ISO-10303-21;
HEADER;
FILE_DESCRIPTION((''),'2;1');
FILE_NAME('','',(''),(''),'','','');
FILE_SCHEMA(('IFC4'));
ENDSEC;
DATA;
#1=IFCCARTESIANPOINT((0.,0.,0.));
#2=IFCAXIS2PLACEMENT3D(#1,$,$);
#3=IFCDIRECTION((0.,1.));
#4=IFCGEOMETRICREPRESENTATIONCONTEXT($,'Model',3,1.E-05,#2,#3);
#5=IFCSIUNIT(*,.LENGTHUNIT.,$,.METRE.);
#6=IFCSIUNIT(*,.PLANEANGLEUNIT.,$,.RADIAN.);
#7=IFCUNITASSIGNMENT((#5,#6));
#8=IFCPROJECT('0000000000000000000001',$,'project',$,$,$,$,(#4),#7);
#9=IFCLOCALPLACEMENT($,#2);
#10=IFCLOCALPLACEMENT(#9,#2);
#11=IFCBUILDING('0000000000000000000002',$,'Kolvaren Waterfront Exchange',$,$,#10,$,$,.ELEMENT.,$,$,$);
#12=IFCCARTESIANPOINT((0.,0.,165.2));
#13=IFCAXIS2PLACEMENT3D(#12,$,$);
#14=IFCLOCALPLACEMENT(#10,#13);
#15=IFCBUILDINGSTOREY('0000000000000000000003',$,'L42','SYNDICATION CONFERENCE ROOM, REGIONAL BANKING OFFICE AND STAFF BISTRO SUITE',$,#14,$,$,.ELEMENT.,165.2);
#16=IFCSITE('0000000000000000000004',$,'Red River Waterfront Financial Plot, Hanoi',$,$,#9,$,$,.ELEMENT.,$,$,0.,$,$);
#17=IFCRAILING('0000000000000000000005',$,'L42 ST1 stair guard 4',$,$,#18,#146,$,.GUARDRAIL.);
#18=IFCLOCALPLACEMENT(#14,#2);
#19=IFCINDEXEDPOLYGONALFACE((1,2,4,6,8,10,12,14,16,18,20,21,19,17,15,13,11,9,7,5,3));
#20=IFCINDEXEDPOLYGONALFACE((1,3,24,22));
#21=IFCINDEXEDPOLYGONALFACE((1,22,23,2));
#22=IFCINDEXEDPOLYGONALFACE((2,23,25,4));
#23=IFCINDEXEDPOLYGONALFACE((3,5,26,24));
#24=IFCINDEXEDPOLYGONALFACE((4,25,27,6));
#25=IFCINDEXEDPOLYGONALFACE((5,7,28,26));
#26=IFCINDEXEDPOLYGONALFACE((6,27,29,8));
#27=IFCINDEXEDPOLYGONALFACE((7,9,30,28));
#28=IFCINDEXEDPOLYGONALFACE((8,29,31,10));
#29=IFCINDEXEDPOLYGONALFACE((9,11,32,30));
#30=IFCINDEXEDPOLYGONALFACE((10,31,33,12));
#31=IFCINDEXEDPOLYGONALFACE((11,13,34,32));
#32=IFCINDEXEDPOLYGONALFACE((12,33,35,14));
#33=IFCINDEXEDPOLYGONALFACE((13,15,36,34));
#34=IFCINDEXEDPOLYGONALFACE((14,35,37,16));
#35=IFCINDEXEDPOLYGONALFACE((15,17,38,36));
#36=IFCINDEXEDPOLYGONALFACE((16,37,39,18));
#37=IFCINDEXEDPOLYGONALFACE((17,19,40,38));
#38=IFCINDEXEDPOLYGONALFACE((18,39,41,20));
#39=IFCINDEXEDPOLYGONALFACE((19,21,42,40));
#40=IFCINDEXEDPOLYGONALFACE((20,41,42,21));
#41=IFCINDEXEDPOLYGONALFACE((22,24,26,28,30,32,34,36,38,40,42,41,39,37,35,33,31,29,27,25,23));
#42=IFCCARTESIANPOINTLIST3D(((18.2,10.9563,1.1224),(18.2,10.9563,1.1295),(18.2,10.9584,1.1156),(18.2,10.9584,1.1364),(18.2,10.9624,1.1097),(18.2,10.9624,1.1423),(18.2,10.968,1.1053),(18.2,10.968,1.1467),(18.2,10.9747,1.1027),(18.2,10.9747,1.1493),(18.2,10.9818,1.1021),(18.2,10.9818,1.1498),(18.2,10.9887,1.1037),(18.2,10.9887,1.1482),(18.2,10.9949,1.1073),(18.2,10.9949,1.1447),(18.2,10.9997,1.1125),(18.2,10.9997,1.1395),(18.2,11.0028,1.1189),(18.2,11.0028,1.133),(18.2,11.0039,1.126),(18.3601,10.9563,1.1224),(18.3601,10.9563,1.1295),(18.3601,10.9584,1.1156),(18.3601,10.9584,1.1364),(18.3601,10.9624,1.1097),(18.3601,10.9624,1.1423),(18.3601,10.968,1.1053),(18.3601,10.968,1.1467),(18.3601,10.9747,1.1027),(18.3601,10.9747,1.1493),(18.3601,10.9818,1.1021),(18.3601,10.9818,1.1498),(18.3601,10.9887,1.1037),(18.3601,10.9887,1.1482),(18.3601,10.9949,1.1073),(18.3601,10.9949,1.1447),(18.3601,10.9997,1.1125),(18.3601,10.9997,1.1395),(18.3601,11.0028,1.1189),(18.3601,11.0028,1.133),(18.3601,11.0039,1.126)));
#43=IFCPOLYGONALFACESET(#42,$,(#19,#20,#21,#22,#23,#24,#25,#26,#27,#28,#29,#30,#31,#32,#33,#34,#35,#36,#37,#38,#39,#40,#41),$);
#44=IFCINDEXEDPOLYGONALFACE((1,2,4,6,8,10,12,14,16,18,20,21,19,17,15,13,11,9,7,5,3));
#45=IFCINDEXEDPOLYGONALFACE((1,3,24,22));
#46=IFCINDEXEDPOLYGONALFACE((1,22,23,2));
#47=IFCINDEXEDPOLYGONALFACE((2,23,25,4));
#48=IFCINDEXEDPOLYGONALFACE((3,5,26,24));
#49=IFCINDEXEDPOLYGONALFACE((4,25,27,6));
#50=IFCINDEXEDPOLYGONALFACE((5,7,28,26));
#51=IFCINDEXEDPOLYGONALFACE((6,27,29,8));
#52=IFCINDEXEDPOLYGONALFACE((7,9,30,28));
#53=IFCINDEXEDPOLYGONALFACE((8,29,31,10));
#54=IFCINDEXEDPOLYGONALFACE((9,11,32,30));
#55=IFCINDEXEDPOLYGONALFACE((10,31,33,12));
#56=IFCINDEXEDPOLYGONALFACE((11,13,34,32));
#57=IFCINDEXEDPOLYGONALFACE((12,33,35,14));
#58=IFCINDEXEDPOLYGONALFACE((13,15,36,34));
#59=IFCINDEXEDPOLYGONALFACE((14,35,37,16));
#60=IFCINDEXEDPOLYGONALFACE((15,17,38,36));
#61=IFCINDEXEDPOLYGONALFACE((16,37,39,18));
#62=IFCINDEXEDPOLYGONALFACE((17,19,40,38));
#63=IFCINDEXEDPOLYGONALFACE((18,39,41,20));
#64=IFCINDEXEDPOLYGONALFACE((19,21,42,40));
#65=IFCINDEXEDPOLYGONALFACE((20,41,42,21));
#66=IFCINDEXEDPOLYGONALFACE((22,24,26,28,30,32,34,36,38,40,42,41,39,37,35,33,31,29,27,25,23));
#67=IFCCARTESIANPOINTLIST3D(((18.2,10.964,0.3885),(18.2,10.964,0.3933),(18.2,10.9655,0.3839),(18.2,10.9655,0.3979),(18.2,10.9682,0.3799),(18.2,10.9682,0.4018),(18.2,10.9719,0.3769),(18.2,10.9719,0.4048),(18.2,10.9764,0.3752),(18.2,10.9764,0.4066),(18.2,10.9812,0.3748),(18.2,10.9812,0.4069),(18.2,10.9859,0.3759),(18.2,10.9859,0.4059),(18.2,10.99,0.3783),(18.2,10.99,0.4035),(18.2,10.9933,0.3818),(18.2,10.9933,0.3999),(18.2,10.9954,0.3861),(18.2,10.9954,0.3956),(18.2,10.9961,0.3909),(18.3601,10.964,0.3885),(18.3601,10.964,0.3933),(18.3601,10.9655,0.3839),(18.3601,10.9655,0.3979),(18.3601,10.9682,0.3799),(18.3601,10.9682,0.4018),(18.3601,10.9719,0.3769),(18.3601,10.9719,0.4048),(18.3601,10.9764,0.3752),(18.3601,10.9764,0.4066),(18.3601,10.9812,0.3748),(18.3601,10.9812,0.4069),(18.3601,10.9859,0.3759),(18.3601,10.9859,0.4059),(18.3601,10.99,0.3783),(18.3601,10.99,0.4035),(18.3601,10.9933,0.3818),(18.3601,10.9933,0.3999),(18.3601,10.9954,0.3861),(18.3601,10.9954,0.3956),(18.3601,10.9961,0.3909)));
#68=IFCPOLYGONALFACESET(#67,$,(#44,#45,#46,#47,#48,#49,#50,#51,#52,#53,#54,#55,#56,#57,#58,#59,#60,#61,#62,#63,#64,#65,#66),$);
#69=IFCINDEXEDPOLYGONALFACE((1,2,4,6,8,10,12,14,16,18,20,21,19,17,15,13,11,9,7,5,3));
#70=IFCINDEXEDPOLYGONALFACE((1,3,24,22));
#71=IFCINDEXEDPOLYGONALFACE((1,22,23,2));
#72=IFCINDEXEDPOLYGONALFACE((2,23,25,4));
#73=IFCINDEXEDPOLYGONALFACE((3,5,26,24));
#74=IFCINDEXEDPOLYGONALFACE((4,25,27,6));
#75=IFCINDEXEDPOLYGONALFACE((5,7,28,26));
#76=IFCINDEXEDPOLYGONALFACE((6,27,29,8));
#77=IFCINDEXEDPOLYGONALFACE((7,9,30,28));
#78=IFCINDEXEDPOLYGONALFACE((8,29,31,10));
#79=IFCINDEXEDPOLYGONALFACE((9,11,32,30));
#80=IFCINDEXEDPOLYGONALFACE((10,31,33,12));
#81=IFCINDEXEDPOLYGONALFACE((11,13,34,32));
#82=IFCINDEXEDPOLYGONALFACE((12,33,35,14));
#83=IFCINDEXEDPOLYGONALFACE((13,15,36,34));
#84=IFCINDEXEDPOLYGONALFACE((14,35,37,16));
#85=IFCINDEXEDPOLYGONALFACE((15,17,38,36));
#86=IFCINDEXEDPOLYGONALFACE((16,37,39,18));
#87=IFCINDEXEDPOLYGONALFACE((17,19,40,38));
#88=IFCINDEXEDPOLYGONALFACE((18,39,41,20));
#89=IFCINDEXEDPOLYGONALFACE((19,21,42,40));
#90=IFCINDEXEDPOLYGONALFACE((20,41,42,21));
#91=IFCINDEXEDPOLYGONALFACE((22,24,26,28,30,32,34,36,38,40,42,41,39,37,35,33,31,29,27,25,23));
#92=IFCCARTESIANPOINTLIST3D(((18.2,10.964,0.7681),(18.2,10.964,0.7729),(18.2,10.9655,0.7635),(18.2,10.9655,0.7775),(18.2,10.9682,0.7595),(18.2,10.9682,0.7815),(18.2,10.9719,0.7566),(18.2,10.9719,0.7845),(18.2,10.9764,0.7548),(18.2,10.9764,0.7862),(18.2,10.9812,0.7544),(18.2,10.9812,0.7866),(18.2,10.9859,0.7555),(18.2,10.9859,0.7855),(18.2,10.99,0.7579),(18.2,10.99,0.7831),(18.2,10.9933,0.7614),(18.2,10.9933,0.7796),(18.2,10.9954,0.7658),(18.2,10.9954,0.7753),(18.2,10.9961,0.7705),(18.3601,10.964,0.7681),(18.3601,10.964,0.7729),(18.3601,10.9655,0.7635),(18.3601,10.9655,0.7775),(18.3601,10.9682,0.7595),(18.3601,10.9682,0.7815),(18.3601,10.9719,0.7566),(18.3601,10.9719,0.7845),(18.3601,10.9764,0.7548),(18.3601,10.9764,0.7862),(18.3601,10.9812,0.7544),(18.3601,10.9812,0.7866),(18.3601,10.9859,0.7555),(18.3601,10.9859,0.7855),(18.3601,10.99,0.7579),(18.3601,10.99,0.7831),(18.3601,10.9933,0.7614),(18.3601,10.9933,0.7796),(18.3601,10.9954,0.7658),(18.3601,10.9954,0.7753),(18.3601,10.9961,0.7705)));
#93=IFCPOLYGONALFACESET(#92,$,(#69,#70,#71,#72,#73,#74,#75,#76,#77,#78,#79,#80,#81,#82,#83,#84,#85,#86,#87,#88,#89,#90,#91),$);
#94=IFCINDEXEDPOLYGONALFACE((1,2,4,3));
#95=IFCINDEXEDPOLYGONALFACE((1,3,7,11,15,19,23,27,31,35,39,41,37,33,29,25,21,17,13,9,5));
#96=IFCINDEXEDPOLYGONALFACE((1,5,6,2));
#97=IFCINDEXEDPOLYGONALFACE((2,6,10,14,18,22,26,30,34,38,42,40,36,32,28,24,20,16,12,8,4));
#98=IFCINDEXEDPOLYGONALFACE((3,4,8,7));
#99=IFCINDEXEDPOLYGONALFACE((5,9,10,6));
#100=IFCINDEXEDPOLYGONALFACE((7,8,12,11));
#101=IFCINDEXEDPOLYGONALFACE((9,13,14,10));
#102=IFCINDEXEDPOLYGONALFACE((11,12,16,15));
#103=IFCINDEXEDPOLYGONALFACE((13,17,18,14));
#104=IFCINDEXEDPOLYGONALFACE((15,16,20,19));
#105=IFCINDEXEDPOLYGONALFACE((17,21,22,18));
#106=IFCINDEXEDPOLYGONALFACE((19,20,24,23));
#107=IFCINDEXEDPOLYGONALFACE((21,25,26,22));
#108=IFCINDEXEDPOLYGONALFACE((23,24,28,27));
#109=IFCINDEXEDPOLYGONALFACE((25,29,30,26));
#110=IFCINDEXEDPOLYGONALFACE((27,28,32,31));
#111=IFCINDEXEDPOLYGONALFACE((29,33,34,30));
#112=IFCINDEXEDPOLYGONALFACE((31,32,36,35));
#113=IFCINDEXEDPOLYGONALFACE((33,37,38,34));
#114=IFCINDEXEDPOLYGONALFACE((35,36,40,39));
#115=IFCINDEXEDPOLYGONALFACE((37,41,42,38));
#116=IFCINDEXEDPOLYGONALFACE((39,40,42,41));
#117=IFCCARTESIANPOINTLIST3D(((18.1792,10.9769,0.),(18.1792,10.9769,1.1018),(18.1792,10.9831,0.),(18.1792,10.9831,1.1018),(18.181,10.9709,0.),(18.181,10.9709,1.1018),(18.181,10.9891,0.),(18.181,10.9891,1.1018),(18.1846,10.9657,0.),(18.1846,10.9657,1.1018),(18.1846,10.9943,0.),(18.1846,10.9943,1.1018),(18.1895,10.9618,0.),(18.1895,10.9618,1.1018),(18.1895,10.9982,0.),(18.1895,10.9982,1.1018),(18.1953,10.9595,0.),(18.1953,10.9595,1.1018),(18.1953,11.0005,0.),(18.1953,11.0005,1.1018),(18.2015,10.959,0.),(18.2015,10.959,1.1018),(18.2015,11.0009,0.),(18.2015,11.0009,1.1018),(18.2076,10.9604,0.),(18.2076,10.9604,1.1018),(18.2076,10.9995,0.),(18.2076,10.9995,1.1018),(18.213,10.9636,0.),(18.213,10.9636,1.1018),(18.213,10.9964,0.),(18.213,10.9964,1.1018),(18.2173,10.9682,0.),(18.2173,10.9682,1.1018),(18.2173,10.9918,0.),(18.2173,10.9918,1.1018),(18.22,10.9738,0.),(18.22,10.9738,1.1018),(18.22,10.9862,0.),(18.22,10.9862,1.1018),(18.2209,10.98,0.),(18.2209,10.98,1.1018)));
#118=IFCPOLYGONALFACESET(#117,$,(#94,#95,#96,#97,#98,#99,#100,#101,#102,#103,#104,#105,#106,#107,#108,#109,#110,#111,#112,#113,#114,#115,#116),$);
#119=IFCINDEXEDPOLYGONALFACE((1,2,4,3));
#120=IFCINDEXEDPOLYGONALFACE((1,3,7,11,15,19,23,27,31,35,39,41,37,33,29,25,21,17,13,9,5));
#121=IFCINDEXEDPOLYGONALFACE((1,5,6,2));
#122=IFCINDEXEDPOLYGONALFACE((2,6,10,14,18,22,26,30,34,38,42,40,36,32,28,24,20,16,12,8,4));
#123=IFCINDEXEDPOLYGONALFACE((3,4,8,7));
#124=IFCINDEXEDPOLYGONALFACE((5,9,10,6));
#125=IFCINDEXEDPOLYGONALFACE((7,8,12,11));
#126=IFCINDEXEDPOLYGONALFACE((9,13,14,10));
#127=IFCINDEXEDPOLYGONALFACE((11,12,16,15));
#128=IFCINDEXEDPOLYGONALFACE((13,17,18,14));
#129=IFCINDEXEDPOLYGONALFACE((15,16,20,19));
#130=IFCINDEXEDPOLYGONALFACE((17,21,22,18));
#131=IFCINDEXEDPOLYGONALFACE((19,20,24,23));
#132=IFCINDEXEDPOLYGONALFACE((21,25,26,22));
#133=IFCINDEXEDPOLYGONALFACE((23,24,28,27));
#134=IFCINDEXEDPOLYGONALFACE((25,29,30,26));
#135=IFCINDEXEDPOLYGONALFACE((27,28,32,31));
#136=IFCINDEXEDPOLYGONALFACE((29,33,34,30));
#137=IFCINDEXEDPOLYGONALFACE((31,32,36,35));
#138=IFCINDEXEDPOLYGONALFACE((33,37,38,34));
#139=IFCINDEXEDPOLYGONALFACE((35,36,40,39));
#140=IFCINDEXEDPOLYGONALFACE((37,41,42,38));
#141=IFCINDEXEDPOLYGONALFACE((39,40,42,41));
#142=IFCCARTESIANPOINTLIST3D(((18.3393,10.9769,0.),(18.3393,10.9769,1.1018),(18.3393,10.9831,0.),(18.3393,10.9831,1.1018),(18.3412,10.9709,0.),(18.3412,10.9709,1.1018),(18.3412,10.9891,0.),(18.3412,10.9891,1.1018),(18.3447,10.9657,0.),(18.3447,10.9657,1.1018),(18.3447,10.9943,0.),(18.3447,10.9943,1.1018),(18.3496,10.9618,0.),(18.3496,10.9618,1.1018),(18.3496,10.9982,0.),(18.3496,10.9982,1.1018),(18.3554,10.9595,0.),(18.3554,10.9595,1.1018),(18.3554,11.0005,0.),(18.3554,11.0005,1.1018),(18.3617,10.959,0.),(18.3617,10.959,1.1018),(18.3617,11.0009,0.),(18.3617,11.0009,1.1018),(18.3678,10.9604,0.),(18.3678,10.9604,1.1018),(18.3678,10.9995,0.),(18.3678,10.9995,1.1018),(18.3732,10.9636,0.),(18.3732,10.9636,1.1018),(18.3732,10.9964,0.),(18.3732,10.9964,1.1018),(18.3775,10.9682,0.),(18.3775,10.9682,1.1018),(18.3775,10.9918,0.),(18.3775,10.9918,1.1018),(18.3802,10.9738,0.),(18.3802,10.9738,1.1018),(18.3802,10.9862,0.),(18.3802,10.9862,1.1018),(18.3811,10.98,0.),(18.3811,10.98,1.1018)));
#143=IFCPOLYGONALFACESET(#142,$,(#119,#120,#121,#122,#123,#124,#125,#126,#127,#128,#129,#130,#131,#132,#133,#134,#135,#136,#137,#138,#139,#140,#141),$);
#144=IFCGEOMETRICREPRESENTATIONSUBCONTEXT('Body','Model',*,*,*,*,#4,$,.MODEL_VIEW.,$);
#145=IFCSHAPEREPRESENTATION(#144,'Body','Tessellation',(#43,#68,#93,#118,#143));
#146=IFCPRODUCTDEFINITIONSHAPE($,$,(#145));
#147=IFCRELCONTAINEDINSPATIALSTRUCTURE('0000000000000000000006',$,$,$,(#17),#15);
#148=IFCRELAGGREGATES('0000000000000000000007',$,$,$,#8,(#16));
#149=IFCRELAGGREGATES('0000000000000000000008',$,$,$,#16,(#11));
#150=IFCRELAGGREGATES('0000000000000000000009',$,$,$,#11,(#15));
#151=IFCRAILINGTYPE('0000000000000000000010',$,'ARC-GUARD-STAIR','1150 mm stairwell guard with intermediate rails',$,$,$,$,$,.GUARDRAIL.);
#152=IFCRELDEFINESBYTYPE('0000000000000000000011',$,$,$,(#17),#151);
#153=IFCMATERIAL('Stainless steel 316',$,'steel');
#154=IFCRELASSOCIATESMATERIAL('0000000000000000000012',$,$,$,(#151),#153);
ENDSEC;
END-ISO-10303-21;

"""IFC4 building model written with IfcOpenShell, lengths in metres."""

from ifc_helpers import new_model, si_unit, direction, frame, origin, origin_2d, place, context, subcontext, project, spatial, circle, extrude, material, type_object, element, save


model = new_model("IFC4")

# Units and contexts
model_context = context("Model", 3, precision=1e-05, world=origin(), true_north=direction((0.0, 1.0)))
body_context = subcontext(model_context, "Body", "Model", "MODEL_VIEW")
ifc_project = project(units=[si_unit("LENGTHUNIT", "METRE"), si_unit("PLANEANGLEUNIT", "RADIAN")], contexts=[model_context])

# Site, building, storey
site_placement = place(None, origin())
site = spatial("IfcSite", under=ifc_project, at=site_placement, Name="Red River Waterfront Financial Plot, Hanoi", CompositionType="ELEMENT", RefElevation=0.0)
building_placement = place(site_placement, origin())
building = spatial("IfcBuilding", under=site, at=building_placement, Name="Kolvaren Waterfront Exchange", CompositionType="ELEMENT")
storey_placement = place(building_placement, frame((0.0, 0.0, 165.2)))
storey = spatial("IfcBuildingStorey", under=building, at=storey_placement, Name="L42", Description="SYNDICATION CONFERENCE ROOM, REGIONAL BANKING OFFICE AND STAFF BISTRO SUITE", CompositionType="ELEMENT", Elevation=165.2)

# Railing
ifc_material_1 = material(Name="Stainless steel 316", Category="steel")
railing_type_1 = type_object("IfcRailingType", Name="ARC-GUARD-STAIR", Description="1150 mm stairwell guard with intermediate rails", PredefinedType="GUARDRAIL", material=ifc_material_1)
railing_1_placement = place(storey_placement, frame((18.2, 10.98, 0.0)))
element("IfcRailing", 1, at=railing_1_placement, inside=storey, type_object=railing_type_1, Name="L42 ST1 stair guard 4", PredefinedType="GUARDRAIL", context=body_context, shape_type="SweptSolid", body=[
    extrude(circle(Radius=0.0239, at=origin_2d()), frame((0.0, 0.0, 1.126), z_axis=(1.0, 0.0, 0.0), x_axis=(0.0, 1.0, 0.0)), (0.0, 0.0, 1.0), 0.1602),
    extrude(circle(Radius=0.0161, at=origin_2d()), frame((0.0, 0.0, 0.3909), z_axis=(1.0, 0.0, 0.0), x_axis=(0.0, 1.0, 0.0)), (0.0, 0.0, 1.0), 0.1602),
    extrude(circle(Radius=0.0161, at=origin_2d()), frame((0.0, 0.0, 0.7705), z_axis=(1.0, 0.0, 0.0), x_axis=(0.0, 1.0, 0.0)), (0.0, 0.0, 1.0), 0.1602),
    extrude(circle(Radius=0.021, at=origin_2d()), origin(), (0.0, 0.0, 1.0), 1.1018),
    extrude(circle(Radius=0.021, at=origin_2d()), frame((0.1602, 0.0, 0.0)), (0.0, 0.0, 1.0), 1.1018),
])

save(model, "model.ifc")
